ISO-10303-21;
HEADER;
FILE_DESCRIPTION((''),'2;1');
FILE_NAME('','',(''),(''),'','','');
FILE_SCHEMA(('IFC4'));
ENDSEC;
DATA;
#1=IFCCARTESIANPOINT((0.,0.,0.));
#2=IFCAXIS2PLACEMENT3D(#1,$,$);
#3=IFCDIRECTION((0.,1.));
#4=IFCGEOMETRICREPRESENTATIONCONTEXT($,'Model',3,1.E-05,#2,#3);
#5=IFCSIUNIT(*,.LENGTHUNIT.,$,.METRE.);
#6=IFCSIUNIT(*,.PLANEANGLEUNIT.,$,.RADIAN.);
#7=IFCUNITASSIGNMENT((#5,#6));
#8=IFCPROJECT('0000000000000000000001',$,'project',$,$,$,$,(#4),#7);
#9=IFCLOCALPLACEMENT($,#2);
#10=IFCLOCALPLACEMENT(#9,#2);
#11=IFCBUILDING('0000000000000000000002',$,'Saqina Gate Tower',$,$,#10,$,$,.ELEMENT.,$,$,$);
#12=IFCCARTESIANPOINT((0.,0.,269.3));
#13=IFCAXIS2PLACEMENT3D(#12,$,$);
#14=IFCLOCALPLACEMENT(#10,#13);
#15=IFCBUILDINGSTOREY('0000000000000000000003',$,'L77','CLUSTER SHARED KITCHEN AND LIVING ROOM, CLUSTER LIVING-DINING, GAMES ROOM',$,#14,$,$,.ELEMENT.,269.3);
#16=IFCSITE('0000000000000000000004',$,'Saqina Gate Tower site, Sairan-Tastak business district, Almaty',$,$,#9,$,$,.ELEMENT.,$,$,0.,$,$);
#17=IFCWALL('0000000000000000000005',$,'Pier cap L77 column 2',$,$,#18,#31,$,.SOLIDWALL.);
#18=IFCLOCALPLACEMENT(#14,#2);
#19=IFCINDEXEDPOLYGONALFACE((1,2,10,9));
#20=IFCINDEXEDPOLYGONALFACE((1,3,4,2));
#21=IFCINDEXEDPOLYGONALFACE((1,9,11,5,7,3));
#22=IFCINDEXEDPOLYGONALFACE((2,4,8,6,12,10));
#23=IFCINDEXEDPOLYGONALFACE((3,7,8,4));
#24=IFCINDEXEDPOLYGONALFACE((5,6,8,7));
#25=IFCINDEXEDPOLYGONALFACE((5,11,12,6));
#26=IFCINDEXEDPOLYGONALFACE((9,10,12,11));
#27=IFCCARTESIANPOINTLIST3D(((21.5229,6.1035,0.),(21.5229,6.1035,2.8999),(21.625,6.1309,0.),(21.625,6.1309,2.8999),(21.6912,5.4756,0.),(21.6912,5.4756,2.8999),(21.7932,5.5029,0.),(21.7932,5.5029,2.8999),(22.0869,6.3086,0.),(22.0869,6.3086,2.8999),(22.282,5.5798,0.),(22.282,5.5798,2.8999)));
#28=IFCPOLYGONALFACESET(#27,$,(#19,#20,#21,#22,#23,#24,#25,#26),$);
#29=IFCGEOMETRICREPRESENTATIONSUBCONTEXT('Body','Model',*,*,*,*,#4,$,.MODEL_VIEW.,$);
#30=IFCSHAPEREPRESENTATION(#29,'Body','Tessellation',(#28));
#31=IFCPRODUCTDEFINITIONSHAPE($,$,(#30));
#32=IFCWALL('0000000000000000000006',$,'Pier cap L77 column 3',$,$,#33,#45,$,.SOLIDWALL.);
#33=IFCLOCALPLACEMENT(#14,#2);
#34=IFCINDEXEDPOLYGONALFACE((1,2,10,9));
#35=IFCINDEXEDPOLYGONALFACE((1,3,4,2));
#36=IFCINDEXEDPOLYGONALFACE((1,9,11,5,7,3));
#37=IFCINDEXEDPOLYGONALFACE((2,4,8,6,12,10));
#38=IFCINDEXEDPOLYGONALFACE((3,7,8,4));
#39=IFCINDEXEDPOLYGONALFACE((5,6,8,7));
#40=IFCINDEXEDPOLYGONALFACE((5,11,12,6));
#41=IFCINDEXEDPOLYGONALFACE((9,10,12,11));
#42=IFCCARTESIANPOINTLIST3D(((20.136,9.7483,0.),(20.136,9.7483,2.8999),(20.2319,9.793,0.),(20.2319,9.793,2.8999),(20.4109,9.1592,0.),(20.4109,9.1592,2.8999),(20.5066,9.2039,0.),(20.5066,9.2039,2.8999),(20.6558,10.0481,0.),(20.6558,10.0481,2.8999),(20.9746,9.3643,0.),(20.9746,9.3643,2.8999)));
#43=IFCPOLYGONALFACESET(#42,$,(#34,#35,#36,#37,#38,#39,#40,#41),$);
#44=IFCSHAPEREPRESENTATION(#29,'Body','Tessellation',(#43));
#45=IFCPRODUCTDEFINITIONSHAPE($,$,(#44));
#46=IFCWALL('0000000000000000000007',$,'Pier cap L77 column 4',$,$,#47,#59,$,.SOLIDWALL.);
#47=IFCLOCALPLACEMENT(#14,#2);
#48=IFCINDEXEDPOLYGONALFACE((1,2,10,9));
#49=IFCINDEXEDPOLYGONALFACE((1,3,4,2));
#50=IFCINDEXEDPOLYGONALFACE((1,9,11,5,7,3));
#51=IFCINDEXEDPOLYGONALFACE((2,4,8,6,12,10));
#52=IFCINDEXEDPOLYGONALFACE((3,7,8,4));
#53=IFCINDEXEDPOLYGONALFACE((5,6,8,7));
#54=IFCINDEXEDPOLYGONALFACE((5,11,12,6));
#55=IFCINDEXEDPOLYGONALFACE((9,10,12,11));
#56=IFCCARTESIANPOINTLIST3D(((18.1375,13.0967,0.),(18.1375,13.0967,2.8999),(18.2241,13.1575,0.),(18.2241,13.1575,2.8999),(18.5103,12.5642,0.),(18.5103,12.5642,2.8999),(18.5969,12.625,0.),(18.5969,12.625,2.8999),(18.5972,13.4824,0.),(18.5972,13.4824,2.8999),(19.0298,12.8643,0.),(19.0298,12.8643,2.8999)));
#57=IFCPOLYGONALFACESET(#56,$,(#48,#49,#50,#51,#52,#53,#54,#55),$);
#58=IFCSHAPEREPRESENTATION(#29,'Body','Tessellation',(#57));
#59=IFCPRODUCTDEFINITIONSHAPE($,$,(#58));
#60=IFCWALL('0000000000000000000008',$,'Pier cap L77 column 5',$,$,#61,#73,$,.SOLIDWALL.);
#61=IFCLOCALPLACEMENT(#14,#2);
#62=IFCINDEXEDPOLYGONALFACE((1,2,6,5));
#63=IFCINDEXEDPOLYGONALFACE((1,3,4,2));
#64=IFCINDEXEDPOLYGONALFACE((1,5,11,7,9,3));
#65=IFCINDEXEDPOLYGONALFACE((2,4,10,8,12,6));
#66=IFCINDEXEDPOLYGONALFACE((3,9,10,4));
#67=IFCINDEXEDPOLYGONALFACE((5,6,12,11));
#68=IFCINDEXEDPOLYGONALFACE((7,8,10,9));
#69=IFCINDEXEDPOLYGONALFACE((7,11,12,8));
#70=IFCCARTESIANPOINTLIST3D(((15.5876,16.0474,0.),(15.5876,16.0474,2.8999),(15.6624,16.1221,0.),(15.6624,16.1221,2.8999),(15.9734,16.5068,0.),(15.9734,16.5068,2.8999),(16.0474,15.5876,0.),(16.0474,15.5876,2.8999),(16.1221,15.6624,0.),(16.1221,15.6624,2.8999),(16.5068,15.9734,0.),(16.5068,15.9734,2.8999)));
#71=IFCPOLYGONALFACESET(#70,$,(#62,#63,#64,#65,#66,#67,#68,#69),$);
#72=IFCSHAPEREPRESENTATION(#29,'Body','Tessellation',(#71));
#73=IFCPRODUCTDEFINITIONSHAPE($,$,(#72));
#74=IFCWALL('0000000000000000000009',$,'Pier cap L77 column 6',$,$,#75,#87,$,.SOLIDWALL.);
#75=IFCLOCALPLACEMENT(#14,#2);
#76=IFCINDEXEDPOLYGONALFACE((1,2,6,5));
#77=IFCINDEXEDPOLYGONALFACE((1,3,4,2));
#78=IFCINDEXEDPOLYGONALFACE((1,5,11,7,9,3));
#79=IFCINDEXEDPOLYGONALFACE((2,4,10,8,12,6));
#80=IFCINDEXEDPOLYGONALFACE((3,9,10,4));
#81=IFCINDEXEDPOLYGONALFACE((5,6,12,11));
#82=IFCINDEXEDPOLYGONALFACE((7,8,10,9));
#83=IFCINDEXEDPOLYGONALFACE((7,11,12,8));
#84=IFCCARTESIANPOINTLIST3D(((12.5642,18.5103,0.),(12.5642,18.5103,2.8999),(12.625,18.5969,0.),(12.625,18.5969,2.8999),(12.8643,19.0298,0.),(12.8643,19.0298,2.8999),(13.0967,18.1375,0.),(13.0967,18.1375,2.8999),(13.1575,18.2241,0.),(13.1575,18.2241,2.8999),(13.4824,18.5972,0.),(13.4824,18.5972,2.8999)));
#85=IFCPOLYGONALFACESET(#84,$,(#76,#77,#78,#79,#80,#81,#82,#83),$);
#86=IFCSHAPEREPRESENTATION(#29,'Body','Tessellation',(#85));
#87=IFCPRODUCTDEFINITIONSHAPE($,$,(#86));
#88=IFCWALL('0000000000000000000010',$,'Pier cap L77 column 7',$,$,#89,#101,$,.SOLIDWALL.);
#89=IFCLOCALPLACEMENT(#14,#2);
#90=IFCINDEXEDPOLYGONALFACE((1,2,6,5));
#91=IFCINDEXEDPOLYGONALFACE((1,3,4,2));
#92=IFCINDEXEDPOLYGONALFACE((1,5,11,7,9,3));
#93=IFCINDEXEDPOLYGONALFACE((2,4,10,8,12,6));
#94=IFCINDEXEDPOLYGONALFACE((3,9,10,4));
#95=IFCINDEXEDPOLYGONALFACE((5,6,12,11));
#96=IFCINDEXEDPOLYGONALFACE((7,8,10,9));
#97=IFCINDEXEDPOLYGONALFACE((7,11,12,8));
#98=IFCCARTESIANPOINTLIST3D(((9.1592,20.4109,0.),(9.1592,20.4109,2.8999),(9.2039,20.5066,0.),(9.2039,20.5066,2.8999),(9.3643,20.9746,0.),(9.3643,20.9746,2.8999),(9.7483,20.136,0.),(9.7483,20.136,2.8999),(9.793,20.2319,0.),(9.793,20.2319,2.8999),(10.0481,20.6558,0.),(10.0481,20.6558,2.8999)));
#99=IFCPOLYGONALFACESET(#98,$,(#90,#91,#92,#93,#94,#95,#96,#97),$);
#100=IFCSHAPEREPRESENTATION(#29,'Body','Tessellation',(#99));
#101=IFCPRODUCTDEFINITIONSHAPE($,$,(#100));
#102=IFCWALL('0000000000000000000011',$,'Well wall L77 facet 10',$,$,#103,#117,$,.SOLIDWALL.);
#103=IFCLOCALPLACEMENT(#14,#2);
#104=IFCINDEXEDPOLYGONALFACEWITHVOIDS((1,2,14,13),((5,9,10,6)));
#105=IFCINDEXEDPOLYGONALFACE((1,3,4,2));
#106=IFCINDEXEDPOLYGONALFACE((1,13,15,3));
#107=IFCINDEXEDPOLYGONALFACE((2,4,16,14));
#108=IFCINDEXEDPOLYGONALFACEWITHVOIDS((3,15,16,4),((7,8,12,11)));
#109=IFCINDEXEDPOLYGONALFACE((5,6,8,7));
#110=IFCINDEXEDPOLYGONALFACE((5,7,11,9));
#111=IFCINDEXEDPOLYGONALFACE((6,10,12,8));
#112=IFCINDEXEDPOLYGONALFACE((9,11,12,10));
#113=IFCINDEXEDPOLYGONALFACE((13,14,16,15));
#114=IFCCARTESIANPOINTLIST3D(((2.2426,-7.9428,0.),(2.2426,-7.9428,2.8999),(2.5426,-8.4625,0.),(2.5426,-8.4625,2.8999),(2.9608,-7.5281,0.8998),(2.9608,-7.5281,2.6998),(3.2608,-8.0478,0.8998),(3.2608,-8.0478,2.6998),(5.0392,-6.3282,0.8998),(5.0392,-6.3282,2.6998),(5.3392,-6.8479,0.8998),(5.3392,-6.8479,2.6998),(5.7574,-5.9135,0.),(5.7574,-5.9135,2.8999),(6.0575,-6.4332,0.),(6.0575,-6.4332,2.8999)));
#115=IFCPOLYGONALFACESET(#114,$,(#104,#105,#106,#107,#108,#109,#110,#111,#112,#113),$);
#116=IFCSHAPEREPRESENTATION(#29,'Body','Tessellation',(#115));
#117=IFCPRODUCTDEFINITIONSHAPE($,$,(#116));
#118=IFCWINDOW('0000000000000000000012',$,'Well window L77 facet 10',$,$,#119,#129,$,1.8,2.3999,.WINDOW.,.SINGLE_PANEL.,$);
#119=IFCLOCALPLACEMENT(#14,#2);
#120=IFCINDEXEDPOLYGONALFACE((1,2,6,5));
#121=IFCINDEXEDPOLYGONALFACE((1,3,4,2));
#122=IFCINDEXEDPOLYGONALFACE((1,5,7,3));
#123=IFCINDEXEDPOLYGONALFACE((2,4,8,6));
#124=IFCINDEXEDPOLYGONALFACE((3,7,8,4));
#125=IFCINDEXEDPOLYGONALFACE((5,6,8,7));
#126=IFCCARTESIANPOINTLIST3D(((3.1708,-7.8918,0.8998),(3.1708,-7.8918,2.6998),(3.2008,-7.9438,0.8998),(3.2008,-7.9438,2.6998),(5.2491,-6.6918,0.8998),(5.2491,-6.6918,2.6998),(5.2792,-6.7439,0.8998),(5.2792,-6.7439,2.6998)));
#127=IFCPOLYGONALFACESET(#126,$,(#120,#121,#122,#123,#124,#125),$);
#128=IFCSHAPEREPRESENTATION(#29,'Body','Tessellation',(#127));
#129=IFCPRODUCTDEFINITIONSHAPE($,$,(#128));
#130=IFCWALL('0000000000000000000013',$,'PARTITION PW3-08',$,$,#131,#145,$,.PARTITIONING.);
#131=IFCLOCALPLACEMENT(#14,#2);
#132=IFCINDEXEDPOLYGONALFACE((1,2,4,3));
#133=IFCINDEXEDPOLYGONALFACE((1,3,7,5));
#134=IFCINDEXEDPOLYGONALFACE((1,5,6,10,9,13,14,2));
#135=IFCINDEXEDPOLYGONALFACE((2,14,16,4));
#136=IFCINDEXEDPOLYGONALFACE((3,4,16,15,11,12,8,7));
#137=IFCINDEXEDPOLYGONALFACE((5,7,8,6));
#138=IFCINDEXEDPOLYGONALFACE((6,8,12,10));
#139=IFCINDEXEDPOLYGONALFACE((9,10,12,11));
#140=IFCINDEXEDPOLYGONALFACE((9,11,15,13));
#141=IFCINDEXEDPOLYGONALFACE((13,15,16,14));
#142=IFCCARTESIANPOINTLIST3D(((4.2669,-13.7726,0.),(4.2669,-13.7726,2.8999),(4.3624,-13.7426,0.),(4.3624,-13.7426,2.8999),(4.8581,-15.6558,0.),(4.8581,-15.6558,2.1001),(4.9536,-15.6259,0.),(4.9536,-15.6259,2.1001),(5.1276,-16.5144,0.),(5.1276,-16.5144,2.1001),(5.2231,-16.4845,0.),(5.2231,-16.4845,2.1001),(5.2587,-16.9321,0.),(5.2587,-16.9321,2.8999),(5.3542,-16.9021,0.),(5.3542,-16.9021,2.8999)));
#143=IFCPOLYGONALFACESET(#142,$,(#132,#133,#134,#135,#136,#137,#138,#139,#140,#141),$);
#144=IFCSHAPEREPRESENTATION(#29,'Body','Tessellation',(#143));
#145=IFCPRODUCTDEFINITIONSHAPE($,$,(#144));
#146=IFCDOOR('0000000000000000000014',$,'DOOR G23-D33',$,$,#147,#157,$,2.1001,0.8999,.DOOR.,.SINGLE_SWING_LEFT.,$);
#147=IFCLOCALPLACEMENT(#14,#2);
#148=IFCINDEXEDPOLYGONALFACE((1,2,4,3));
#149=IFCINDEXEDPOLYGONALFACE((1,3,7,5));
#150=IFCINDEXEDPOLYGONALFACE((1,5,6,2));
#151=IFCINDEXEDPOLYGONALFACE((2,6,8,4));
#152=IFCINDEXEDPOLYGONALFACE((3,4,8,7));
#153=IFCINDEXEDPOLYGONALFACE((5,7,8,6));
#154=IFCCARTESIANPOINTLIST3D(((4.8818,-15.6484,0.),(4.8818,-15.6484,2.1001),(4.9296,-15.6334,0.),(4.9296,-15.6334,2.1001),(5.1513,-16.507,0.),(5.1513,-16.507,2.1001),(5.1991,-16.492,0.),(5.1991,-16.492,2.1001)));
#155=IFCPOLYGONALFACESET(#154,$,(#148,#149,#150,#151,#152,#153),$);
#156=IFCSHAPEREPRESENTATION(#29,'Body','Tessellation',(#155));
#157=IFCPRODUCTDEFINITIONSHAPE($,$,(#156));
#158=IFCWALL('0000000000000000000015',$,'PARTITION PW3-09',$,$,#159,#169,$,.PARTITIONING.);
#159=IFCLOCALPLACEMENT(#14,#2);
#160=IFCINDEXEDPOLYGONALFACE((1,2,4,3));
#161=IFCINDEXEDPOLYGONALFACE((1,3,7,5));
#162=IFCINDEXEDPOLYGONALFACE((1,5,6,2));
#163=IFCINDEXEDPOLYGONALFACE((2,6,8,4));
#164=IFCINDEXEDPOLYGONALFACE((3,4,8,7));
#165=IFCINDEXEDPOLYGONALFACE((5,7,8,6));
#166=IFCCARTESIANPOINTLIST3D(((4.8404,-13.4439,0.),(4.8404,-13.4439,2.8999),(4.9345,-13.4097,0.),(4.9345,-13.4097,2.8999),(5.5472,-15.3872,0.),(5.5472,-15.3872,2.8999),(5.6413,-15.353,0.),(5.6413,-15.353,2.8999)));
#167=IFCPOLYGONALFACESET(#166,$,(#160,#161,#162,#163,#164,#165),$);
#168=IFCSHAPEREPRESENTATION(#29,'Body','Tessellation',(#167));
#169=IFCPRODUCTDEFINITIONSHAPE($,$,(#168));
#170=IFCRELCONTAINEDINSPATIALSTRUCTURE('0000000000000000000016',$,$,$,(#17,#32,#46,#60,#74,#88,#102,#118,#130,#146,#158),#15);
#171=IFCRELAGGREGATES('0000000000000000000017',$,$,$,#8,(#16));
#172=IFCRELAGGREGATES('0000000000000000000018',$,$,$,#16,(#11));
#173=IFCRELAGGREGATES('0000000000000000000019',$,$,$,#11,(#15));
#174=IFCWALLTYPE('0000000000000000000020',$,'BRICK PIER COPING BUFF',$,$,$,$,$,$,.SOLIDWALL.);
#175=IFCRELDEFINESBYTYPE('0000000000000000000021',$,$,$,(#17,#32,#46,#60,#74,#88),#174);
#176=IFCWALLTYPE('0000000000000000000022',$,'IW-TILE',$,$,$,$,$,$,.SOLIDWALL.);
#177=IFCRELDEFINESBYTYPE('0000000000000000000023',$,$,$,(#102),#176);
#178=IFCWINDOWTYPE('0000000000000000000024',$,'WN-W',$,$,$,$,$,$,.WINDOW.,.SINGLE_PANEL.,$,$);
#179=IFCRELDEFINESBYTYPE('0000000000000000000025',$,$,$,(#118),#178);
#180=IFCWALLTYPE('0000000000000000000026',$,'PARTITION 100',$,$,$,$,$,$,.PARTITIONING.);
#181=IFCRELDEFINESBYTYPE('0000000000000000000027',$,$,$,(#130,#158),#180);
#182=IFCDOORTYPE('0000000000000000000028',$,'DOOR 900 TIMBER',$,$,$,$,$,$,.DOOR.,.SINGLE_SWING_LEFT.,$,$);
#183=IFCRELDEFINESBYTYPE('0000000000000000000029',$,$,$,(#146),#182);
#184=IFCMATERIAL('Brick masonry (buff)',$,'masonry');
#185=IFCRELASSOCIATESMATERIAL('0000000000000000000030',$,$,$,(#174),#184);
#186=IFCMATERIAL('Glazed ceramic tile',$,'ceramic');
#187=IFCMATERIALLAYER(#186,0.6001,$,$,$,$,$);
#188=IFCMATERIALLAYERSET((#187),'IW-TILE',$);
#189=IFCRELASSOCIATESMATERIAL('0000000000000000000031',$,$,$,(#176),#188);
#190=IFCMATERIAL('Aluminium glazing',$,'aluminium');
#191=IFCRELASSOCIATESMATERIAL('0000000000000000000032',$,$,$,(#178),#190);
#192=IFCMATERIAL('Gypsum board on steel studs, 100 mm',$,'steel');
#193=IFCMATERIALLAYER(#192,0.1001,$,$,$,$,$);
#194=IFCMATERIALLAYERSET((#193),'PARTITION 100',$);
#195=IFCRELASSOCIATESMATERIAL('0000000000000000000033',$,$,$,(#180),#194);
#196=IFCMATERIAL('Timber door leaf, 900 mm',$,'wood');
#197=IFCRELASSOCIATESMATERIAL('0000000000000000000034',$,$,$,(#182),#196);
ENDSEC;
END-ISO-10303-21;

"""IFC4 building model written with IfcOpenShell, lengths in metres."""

from ifc_helpers import new_model, si_unit, direction, frame, frame_2d, origin, place, context, subcontext, project, spatial, polyline, rectangle, outline, extrude, material, layer, layer_set, type_object, element, fill, save


model = new_model("IFC4")

# Units and contexts
model_context = context("Model", 3, precision=1e-05, world=origin(), true_north=direction((0.0, 1.0)))
body_context = subcontext(model_context, "Body", "Model", "MODEL_VIEW")
ifc_project = project(units=[si_unit("LENGTHUNIT", "METRE"), si_unit("PLANEANGLEUNIT", "RADIAN")], contexts=[model_context])

# Site, building, storey
site_placement = place(None, origin())
site = spatial("IfcSite", under=ifc_project, at=site_placement, Name="Saqina Gate Tower site, Sairan-Tastak business district, Almaty", CompositionType="ELEMENT", RefElevation=0.0)
building_placement = place(site_placement, origin())
building = spatial("IfcBuilding", under=site, at=building_placement, Name="Saqina Gate Tower", CompositionType="ELEMENT")
storey_placement = place(building_placement, frame((0.0, 0.0, 269.3)))
storey = spatial("IfcBuildingStorey", under=building, at=storey_placement, Name="L77", Description="CLUSTER SHARED KITCHEN AND LIVING ROOM, CLUSTER LIVING-DINING, GAMES ROOM", CompositionType="ELEMENT", Elevation=269.3)

# Walls
ifc_material_1 = material(Name="Brick masonry (buff)", Category="masonry")
wall_type_1 = type_object("IfcWallType", Name="BRICK PIER COPING BUFF", PredefinedType="SOLIDWALL", material=ifc_material_1)
wall_1_placement = place(storey_placement, origin())
element("IfcWall", 1, at=wall_1_placement, inside=storey, type_object=wall_type_1, Name="Pier cap L77 column 2", PredefinedType="SOLIDWALL", context=body_context, shape_type="SweptSolid", body=[
    extrude(outline(polyline([(22.0869, 6.3086), (21.5229, 6.1035), (21.625, 6.1309), (21.7932, 5.5029), (21.6912, 5.4756), (22.282, 5.5798), (22.0869, 6.3086)])), origin(), (0.0, 0.0, 1.0), 2.8999),
])
wall_2_placement = place(storey_placement, origin())
element("IfcWall", 2, at=wall_2_placement, inside=storey, type_object=wall_type_1, Name="Pier cap L77 column 3", PredefinedType="SOLIDWALL", context=body_context, shape_type="SweptSolid", body=[
    extrude(outline(polyline([(20.9746, 9.3643), (20.6558, 10.0481), (20.136, 9.7483), (20.2319, 9.793), (20.5066, 9.2039), (20.4109, 9.1592), (20.9746, 9.3643)])), origin(), (0.0, 0.0, 1.0), 2.8999),
])
wall_3_placement = place(storey_placement, origin())
element("IfcWall", 3, at=wall_3_placement, inside=storey, type_object=wall_type_1, Name="Pier cap L77 column 4", PredefinedType="SOLIDWALL", context=body_context, shape_type="SweptSolid", body=[
    extrude(outline(polyline([(19.0298, 12.8643), (18.5972, 13.4824), (18.1375, 13.0967), (18.2241, 13.1575), (18.5969, 12.625), (18.5103, 12.5642), (19.0298, 12.8643)])), origin(), (0.0, 0.0, 1.0), 2.8999),
])
wall_4_placement = place(storey_placement, origin())
element("IfcWall", 4, at=wall_4_placement, inside=storey, type_object=wall_type_1, Name="Pier cap L77 column 5", PredefinedType="SOLIDWALL", context=body_context, shape_type="SweptSolid", body=[
    extrude(outline(polyline([(15.9734, 16.5068), (15.5876, 16.0474), (15.6624, 16.1221), (16.1221, 15.6624), (16.0474, 15.5876), (16.5068, 15.9734), (15.9734, 16.5068)])), origin(), (0.0, 0.0, 1.0), 2.8999),
])
wall_5_placement = place(storey_placement, origin())
element("IfcWall", 5, at=wall_5_placement, inside=storey, type_object=wall_type_1, Name="Pier cap L77 column 6", PredefinedType="SOLIDWALL", context=body_context, shape_type="SweptSolid", body=[
    extrude(outline(polyline([(12.8643, 19.0298), (12.5642, 18.5103), (12.625, 18.5969), (13.1575, 18.2241), (13.0967, 18.1375), (13.4824, 18.5972), (12.8643, 19.0298)])), origin(), (0.0, 0.0, 1.0), 2.8999),
])
wall_6_placement = place(storey_placement, origin())
element("IfcWall", 6, at=wall_6_placement, inside=storey, type_object=wall_type_1, Name="Pier cap L77 column 7", PredefinedType="SOLIDWALL", context=body_context, shape_type="SweptSolid", body=[
    extrude(outline(polyline([(10.0481, 20.6558), (9.3643, 20.9746), (9.1592, 20.4109), (9.2039, 20.5066), (9.793, 20.2319), (9.7483, 20.136), (10.0481, 20.6558)])), origin(), (0.0, 0.0, 1.0), 2.8999),
])

# Wall, opening, window
ifc_material_2 = material(Name="Glazed ceramic tile", Category="ceramic")
ifc_layer_1 = layer(ifc_material_2, 0.6001)
ifc_layer_set_1 = layer_set([ifc_layer_1], Name="IW-TILE")
wall_type_2 = type_object("IfcWallType", Name="IW-TILE", PredefinedType="SOLIDWALL", material=ifc_layer_set_1)
wall_7_placement = place(storey_placement, frame((2.3926, -8.2026, 0.0), z_axis=(0.0, 0.0, 1.0), x_axis=(0.866028, 0.499995, 0.0)))
wall_7 = element("IfcWall", 7, at=wall_7_placement, inside=storey, type_object=wall_type_2, Name="Well wall L77 facet 10", PredefinedType="SOLIDWALL", context=body_context, shape_type="SweptSolid", body=[
    extrude(rectangle(XDim=4.0586, YDim=0.6001, at=frame_2d((2.0293, 0.0))), origin(), (0.0, 0.0, 1.0), 2.8999),
])
opening_1_placement = place(wall_7_placement, frame((0.8293, 0.0, 0.8999)))
opening_1 = element("IfcOpeningElement", 8, at=opening_1_placement, cuts=wall_7, PredefinedType="OPENING", context=body_context, shape_type="SweptSolid", body=[
    extrude(rectangle(XDim=2.3999, YDim=1.8, at=frame_2d((1.2, 0.8999))), frame((0.0, 0.312, 0.0), z_axis=(0.0, -1.0, 0.0), x_axis=(1.0, 0.0, 0.0)), (0.0, 0.0, 1.0), 0.624),
])
ifc_material_3 = material(Name="Aluminium glazing", Category="aluminium")
window_type = type_object("IfcWindowType", Name="WN-W", PartitioningType="SINGLE_PANEL", PredefinedType="WINDOW", material=ifc_material_3)
window_placement = place(opening_1_placement, origin())
window = element("IfcWindow", 9, at=window_placement, inside=storey, type_object=window_type, Name="Well window L77 facet 10", OverallHeight=1.8, OverallWidth=2.3999, PartitioningType="SINGLE_PANEL", PredefinedType="WINDOW", context=body_context, shape_type="SweptSolid", body=[
    extrude(rectangle(XDim=2.3999, YDim=1.8, at=frame_2d((1.2, 0.8999))), frame((0.0, -0.1199, 0.0), z_axis=(0.0, -1.0, 0.0), x_axis=(1.0, 0.0, 0.0)), (0.0, 0.0, 1.0), 0.0601),
])
fill(opening_1, window)

# Wall, opening, door
ifc_material_4 = material(Name="Gypsum board on steel studs, 100 mm", Category="steel")
ifc_layer_2 = layer(ifc_material_4, 0.1001)
ifc_layer_set_2 = layer_set([ifc_layer_2], Name="PARTITION 100")
wall_type_3 = type_object("IfcWallType", Name="PARTITION 100", PredefinedType="PARTITIONING", material=ifc_layer_set_2)
wall_8_placement = place(storey_placement, frame((4.3147, -13.7576, 0.0), z_axis=(0.0, 0.0, 1.0), x_axis=(0.29948, -0.954103, 0.0)))
wall_8 = element("IfcWall", 10, at=wall_8_placement, inside=storey, type_object=wall_type_3, Name="PARTITION PW3-08", PredefinedType="PARTITIONING", context=body_context, shape_type="SweptSolid", body=[
    extrude(rectangle(XDim=3.3115, YDim=0.1001, at=frame_2d((1.6558, 0.0))), origin(), (0.0, 0.0, 1.0), 2.8999),
])
opening_2_placement = place(wall_8_placement, frame((1.9739, 0.0, 0.0)))
opening_2 = element("IfcOpeningElement", 11, at=opening_2_placement, cuts=wall_8, PredefinedType="OPENING", context=body_context, shape_type="SweptSolid", body=[
    extrude(rectangle(XDim=0.8999, YDim=2.1001, at=frame_2d((0.45, 1.05))), frame((0.0, 0.062, 0.0), z_axis=(0.0, -1.0, 0.0), x_axis=(1.0, 0.0, 0.0)), (0.0, 0.0, 1.0), 0.124),
])
ifc_material_5 = material(Name="Timber door leaf, 900 mm", Category="wood")
door_type_1 = type_object("IfcDoorType", Name="DOOR 900 TIMBER", OperationType="SINGLE_SWING_LEFT", PredefinedType="DOOR", material=ifc_material_5)
door_1_placement = place(opening_2_placement, origin())
door_1 = element("IfcDoor", 12, at=door_1_placement, inside=storey, type_object=door_type_1, Name="DOOR G23-D33", OperationType="SINGLE_SWING_LEFT", OverallHeight=2.1001, OverallWidth=0.8999, PredefinedType="DOOR", context=body_context, shape_type="SweptSolid", body=[
    extrude(rectangle(XDim=0.8999, YDim=2.1001, at=frame_2d((0.45, 1.05))), frame((0.0, 0.0249, 0.0), z_axis=(0.0, -1.0, 0.0), x_axis=(1.0, 0.0, 0.0)), (0.0, 0.0, 1.0), 0.05),
])
fill(opening_2, door_1)

# Wall
wall_9_placement = place(storey_placement, frame((4.8875, -13.4268, 0.0), z_axis=(0.0, 0.0, 1.0), x_axis=(0.34179, -0.939776, 0.0)))
element("IfcWall", 13, at=wall_9_placement, inside=storey, type_object=wall_type_3, Name="PARTITION PW3-09", PredefinedType="PARTITIONING", context=body_context, shape_type="SweptSolid", body=[
    extrude(rectangle(XDim=2.0679, YDim=0.1001, at=frame_2d((1.0339, 0.0))), origin(), (0.0, 0.0, 1.0), 2.8999),
])

save(model, "model.ifc")
